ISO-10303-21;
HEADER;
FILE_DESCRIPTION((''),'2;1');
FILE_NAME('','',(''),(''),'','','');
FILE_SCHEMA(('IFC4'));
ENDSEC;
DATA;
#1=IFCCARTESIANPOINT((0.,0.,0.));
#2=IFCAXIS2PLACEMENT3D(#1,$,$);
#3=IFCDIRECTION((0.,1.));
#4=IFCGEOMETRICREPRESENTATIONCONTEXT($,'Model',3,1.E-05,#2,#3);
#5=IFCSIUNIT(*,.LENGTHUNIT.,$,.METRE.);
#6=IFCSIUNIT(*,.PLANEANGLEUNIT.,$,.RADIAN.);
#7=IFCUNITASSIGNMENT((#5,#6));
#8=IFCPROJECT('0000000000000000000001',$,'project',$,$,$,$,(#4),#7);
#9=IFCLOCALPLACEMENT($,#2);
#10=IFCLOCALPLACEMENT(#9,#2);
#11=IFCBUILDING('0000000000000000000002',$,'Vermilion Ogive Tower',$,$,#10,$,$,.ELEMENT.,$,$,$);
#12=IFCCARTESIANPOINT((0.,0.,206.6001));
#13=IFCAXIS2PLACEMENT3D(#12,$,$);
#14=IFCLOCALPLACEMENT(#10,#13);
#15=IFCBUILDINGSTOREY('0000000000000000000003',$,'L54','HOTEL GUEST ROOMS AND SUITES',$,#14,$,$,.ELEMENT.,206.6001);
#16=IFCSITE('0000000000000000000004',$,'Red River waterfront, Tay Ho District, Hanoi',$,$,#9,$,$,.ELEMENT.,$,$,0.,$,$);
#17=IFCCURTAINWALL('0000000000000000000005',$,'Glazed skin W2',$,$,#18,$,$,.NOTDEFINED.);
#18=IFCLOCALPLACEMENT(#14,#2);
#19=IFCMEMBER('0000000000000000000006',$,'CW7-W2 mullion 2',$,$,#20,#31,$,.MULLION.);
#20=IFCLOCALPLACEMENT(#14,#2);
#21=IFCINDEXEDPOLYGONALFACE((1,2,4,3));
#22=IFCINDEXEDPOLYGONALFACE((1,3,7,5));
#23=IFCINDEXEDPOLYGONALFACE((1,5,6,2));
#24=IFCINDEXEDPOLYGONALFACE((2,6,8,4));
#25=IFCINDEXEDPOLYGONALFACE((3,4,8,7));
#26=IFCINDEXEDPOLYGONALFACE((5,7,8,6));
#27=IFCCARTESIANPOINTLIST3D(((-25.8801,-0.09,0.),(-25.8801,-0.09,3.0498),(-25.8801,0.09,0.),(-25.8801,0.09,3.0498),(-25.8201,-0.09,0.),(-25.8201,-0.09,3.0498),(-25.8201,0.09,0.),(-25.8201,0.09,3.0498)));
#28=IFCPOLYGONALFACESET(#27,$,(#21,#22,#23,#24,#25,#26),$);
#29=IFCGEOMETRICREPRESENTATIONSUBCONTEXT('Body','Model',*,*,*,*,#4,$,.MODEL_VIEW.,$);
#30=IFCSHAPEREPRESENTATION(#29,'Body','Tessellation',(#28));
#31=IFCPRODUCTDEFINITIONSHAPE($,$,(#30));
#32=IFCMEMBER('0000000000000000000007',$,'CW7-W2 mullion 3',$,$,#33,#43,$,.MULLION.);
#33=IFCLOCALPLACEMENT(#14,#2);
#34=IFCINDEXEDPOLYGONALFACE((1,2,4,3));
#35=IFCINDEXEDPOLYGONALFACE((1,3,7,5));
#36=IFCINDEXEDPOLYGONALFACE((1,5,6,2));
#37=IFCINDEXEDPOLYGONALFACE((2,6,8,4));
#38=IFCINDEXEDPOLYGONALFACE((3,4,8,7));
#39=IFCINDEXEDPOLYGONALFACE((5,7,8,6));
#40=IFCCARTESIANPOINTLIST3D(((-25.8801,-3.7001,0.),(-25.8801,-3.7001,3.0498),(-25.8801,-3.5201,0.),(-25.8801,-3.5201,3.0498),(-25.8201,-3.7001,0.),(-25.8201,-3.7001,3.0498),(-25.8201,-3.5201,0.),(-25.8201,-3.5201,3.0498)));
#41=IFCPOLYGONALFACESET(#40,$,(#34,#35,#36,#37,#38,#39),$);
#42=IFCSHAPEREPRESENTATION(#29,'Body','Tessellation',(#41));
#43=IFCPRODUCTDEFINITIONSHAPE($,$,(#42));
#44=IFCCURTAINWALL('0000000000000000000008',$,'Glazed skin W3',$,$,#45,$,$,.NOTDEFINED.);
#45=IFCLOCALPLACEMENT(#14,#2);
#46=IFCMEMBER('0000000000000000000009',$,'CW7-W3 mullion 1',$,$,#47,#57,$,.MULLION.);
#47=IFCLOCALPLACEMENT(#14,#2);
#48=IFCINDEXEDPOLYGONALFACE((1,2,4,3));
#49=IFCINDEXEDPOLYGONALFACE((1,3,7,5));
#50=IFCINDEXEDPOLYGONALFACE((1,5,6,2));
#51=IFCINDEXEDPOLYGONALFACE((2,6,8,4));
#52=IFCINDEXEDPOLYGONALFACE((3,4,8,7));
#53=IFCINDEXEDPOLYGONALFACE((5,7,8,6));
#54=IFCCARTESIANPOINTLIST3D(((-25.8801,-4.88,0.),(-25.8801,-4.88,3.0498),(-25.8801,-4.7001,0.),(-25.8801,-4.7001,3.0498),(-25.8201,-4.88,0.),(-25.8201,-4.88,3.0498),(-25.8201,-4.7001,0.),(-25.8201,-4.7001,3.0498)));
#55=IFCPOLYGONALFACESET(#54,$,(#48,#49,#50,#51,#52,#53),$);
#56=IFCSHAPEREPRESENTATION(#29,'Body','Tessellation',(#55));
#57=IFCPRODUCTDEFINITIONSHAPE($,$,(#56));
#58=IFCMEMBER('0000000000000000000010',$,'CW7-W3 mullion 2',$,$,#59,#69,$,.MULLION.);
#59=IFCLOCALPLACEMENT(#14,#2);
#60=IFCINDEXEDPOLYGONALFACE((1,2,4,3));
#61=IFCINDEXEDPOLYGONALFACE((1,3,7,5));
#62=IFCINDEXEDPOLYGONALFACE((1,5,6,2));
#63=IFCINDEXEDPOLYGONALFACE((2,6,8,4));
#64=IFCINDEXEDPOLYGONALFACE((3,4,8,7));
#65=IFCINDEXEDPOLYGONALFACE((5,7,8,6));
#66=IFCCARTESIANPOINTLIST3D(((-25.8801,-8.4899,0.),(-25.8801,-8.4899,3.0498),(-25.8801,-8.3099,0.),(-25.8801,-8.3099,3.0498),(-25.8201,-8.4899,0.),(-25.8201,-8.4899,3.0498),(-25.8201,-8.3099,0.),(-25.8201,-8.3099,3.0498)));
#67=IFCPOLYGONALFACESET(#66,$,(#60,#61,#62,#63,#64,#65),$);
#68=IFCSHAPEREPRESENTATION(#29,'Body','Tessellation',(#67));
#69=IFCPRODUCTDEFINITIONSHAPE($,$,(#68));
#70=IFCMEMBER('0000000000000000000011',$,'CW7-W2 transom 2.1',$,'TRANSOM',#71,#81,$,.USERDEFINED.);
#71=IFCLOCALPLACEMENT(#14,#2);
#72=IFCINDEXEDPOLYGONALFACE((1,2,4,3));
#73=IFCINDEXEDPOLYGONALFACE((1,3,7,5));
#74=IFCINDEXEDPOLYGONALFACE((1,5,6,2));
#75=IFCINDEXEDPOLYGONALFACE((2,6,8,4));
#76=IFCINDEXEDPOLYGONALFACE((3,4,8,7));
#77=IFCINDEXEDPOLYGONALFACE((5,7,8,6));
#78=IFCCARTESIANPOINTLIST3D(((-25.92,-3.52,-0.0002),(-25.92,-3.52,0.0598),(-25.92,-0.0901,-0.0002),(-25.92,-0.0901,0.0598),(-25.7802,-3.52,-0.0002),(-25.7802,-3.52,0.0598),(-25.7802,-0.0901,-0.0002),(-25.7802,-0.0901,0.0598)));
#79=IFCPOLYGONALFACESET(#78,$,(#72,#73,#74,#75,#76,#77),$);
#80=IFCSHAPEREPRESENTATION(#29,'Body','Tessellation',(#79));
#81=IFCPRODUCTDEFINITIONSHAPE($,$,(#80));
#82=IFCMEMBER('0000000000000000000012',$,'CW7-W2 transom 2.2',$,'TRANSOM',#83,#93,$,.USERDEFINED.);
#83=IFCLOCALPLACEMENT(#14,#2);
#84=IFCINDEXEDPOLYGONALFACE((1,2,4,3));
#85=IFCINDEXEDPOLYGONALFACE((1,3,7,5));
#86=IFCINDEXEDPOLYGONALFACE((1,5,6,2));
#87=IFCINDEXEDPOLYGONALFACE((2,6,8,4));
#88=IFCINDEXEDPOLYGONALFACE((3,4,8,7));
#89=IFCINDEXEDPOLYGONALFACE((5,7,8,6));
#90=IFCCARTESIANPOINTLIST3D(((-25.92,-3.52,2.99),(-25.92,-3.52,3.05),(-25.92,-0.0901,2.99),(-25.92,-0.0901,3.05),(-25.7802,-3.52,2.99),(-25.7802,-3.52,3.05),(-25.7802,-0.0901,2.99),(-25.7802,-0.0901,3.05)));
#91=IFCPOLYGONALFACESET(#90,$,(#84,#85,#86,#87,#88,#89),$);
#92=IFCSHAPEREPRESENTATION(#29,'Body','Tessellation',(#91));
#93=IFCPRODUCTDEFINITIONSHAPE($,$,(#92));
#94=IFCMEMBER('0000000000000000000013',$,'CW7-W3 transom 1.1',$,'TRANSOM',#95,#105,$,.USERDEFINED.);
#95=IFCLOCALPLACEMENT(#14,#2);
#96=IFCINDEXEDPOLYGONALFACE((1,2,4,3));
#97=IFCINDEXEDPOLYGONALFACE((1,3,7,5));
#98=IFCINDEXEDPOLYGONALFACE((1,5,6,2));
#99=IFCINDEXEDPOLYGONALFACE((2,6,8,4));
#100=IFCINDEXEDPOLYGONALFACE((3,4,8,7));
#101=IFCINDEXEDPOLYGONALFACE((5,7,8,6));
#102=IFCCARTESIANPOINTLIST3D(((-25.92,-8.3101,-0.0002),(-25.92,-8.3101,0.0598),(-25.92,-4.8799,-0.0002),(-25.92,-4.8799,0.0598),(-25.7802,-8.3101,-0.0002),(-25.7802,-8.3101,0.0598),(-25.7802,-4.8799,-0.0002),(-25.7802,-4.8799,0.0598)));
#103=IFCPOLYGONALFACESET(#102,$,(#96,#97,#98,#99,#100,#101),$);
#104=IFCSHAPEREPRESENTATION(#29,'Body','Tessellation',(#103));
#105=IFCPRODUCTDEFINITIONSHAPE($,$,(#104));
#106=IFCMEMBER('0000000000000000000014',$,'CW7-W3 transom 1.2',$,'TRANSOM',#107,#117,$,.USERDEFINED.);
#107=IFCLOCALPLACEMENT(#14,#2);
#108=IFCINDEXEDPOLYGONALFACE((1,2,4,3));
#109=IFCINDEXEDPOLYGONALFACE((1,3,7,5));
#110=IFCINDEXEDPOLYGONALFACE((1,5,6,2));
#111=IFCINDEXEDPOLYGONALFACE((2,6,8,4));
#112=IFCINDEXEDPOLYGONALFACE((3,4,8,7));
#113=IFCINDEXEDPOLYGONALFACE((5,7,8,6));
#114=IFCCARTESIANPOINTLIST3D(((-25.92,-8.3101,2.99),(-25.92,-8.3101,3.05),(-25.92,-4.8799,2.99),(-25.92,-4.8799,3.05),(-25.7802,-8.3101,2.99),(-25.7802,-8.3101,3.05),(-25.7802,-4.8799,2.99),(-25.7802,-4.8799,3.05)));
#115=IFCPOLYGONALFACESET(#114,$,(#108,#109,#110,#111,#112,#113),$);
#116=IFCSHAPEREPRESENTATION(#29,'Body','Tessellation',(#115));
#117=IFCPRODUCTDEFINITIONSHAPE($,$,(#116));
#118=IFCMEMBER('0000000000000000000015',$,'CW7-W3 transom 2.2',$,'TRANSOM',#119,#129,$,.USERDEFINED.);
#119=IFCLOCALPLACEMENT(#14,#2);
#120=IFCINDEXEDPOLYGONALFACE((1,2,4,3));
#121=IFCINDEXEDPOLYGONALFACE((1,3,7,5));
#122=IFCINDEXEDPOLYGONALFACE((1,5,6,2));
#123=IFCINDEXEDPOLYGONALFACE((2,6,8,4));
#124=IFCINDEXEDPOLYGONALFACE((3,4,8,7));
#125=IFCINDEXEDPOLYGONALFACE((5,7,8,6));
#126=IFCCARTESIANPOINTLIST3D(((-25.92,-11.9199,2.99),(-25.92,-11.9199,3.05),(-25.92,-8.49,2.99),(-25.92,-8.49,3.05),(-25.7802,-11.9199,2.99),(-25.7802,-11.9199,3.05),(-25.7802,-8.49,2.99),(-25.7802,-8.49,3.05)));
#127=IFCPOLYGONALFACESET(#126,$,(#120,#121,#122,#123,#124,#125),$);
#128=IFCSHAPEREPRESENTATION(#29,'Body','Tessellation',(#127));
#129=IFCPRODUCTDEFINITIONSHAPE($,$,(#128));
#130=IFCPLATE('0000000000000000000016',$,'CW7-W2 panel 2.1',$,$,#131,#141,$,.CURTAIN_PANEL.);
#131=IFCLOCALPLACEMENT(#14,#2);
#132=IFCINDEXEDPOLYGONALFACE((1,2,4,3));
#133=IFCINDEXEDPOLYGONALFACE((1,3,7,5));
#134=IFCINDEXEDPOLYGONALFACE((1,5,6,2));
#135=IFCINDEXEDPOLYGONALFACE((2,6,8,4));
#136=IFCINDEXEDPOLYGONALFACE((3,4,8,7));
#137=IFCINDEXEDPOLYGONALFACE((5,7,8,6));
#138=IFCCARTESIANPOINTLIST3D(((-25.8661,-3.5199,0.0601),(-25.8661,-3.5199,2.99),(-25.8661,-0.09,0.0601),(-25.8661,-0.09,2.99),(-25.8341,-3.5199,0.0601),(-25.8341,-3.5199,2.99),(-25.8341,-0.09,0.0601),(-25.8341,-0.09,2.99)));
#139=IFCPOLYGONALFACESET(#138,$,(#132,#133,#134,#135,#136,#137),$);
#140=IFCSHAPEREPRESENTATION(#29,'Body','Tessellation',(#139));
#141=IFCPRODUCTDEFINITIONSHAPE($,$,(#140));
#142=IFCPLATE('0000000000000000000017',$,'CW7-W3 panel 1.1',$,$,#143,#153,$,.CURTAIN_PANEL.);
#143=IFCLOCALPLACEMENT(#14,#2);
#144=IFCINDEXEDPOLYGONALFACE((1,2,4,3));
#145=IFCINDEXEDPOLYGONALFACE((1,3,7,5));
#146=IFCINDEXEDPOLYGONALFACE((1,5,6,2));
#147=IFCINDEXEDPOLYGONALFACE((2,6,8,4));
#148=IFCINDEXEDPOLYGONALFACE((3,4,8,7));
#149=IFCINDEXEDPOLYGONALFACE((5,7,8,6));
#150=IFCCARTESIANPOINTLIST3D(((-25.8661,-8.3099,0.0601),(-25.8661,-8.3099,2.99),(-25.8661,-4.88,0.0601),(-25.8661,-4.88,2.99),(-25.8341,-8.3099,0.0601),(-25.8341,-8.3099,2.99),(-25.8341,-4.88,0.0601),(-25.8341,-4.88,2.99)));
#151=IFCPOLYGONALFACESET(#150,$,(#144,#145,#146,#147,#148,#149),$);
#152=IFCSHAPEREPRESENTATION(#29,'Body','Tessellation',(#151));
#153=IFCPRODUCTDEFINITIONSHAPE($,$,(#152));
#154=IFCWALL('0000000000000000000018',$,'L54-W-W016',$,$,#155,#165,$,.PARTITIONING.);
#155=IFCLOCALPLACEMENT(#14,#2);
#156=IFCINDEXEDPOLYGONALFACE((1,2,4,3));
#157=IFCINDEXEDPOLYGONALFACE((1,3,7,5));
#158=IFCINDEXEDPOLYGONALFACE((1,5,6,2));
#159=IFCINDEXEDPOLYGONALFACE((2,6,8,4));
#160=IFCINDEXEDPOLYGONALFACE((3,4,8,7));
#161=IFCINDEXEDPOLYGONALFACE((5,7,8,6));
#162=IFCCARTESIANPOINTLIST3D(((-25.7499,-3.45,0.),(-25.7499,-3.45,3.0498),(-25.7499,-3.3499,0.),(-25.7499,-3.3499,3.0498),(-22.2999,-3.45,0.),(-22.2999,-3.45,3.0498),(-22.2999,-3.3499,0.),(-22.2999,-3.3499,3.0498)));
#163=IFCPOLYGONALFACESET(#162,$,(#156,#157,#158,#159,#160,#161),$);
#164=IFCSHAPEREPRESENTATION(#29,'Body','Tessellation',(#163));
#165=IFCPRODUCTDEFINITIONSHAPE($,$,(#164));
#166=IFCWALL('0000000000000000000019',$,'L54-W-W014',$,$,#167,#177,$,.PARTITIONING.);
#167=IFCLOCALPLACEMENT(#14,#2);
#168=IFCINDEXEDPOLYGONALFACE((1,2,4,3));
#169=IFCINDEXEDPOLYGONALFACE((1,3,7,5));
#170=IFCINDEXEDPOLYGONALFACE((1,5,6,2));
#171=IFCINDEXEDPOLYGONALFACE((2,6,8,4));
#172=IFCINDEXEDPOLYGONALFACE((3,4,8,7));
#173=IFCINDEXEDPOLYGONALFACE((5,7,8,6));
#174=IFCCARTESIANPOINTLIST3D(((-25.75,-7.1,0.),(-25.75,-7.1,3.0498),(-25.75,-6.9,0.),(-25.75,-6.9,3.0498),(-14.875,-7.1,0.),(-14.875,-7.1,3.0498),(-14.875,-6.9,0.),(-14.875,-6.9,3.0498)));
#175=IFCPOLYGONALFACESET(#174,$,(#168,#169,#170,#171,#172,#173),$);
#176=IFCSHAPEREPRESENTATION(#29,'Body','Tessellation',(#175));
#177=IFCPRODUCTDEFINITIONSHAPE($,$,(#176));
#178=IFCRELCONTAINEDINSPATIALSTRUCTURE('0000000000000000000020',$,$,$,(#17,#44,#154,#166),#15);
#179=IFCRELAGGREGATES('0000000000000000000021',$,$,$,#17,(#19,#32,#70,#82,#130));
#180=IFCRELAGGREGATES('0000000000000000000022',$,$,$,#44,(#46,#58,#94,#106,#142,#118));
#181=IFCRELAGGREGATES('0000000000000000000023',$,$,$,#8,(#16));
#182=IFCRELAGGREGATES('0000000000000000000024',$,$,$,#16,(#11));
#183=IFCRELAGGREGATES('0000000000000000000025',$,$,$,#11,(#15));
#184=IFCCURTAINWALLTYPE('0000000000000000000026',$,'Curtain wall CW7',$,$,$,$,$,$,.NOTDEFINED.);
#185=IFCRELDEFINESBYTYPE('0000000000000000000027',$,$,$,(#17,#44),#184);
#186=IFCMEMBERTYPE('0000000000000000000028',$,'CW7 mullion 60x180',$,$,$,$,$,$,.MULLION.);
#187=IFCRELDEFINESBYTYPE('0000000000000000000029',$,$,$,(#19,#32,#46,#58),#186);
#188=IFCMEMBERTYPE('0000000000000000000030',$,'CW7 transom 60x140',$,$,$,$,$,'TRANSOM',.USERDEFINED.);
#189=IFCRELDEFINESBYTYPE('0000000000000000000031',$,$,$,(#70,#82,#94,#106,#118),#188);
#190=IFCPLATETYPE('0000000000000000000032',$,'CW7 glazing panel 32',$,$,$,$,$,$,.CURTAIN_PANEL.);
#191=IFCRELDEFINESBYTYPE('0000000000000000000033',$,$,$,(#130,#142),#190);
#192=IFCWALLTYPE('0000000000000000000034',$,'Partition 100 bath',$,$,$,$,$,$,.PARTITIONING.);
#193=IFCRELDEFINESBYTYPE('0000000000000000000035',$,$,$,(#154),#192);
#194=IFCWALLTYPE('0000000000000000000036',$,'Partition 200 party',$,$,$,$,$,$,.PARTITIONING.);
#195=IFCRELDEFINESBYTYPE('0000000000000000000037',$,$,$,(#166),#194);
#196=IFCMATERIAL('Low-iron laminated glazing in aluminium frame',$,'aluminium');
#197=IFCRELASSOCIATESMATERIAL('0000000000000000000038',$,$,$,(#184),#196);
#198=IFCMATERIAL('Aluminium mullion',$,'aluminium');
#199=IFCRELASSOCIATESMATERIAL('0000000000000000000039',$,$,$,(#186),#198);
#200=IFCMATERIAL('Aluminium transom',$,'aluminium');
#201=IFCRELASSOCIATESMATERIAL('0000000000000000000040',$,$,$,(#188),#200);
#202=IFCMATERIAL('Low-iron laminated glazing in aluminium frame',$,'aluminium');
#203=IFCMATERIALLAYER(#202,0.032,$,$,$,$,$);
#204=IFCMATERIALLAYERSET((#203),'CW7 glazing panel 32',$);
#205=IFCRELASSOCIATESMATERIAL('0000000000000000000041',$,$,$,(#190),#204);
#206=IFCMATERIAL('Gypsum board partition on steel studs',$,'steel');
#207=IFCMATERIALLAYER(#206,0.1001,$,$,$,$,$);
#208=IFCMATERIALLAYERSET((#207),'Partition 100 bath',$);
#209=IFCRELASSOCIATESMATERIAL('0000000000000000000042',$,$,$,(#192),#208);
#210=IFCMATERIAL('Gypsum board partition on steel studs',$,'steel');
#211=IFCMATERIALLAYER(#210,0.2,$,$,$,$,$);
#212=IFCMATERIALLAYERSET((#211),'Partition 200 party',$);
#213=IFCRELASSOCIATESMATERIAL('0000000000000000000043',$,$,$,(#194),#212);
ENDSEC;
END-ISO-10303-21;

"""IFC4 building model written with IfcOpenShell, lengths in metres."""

from ifc_helpers import new_model, si_unit, direction, frame, frame_2d, origin, origin_2d, place, context, subcontext, project, spatial, rectangle, extrude, material, layer, layer_set, material_profile, profile_set, type_object, element, aggregate, save


model = new_model("IFC4")

# Units and contexts
model_context = context("Model", 3, precision=1e-05, world=origin(), true_north=direction((0.0, 1.0)))
body_context = subcontext(model_context, "Body", "Model", "MODEL_VIEW")
ifc_project = project(units=[si_unit("LENGTHUNIT", "METRE"), si_unit("PLANEANGLEUNIT", "RADIAN")], contexts=[model_context])

# Site, building, storey
site_placement = place(None, origin())
site = spatial("IfcSite", under=ifc_project, at=site_placement, Name="Red River waterfront, Tay Ho District, Hanoi", CompositionType="ELEMENT", RefElevation=0.0)
building_placement = place(site_placement, origin())
building = spatial("IfcBuilding", under=site, at=building_placement, Name="Vermilion Ogive Tower", CompositionType="ELEMENT")
storey_placement = place(building_placement, frame((0.0, 0.0, 206.6001)))
storey = spatial("IfcBuildingStorey", under=building, at=storey_placement, Name="L54", Description="HOTEL GUEST ROOMS AND SUITES", CompositionType="ELEMENT", Elevation=206.6001)

# Curtain walls, members
ifc_material_1 = material(Name="Low-iron laminated glazing in aluminium frame", Category="aluminium")
curtain_wall_type = type_object("IfcCurtainWallType", Name="Curtain wall CW7", PredefinedType="NOTDEFINED", material=ifc_material_1)
curtain_wall_1_placement = place(storey_placement, origin())
curtain_wall_1 = element("IfcCurtainWall", 1, at=curtain_wall_1_placement, inside=storey, type_object=curtain_wall_type, Name="Glazed skin W2", PredefinedType="NOTDEFINED")
ifc_material_2 = material(Name="Aluminium mullion", Category="aluminium")
ifc_material_profile_1 = material_profile(ifc_material_2, rectangle(XDim=0.0601, YDim=0.1799, at=origin_2d()), Name="AL 60x180")
ifc_profile_set_1 = profile_set([ifc_material_profile_1], Name="Aluminium mullion")
member_type_1 = type_object("IfcMemberType", Name="CW7 mullion 60x180", PredefinedType="MULLION", material=ifc_profile_set_1)
member_1_placement = place(storey_placement, frame((-25.8501, 0.0, 0.0), z_axis=(0.0, 0.0, 1.0), x_axis=(1.0, 0.0, 0.0)))
member_1 = element("IfcMember", 2, at=member_1_placement, type_object=member_type_1, Name="CW7-W2 mullion 2", PredefinedType="MULLION", context=body_context, shape_type="SweptSolid", body=[
    extrude(rectangle(XDim=0.0601, YDim=0.1799, at=origin_2d()), origin(), (0.0, 0.0, 1.0), 3.0498),
])
member_2_placement = place(storey_placement, frame((-25.8501, -3.6101, 0.0), z_axis=(0.0, 0.0, 1.0), x_axis=(1.0, 0.0, 0.0)))
member_2 = element("IfcMember", 3, at=member_2_placement, type_object=member_type_1, Name="CW7-W2 mullion 3", PredefinedType="MULLION", context=body_context, shape_type="SweptSolid", body=[
    extrude(rectangle(XDim=0.0601, YDim=0.1799, at=origin_2d()), origin(), (0.0, 0.0, 1.0), 3.0498),
])
curtain_wall_2_placement = place(storey_placement, origin())
curtain_wall_2 = element("IfcCurtainWall", 4, at=curtain_wall_2_placement, inside=storey, type_object=curtain_wall_type, Name="Glazed skin W3", PredefinedType="NOTDEFINED")
member_3_placement = place(storey_placement, frame((-25.8501, -4.79, 0.0), z_axis=(0.0, 0.0, 1.0), x_axis=(1.0, 0.0, 0.0)))
member_3 = element("IfcMember", 5, at=member_3_placement, type_object=member_type_1, Name="CW7-W3 mullion 1", PredefinedType="MULLION", context=body_context, shape_type="SweptSolid", body=[
    extrude(rectangle(XDim=0.0601, YDim=0.1799, at=origin_2d()), origin(), (0.0, 0.0, 1.0), 3.0498),
])
member_4_placement = place(storey_placement, frame((-25.8501, -8.3999, 0.0), z_axis=(0.0, 0.0, 1.0), x_axis=(1.0, 0.0, 0.0)))
member_4 = element("IfcMember", 6, at=member_4_placement, type_object=member_type_1, Name="CW7-W3 mullion 2", PredefinedType="MULLION", context=body_context, shape_type="SweptSolid", body=[
    extrude(rectangle(XDim=0.0601, YDim=0.1799, at=origin_2d()), origin(), (0.0, 0.0, 1.0), 3.0498),
])

# Members
ifc_material_3 = material(Name="Aluminium transom", Category="aluminium")
ifc_material_profile_2 = material_profile(ifc_material_3, rectangle(XDim=0.1399, YDim=0.0601, at=origin_2d()), Name="AL 60x140")
ifc_profile_set_2 = profile_set([ifc_material_profile_2], Name="Aluminium transom")
member_type_2 = type_object("IfcMemberType", Name="CW7 transom 60x140", ElementType="TRANSOM", PredefinedType="USERDEFINED", material=ifc_profile_set_2)
member_5_placement = place(storey_placement, frame((-25.8501, -0.0901, 0.0298), z_axis=(0.0, -1.0, 0.0), x_axis=(1.0, 0.0, 0.0)))
member_5 = element("IfcMember", 7, at=member_5_placement, type_object=member_type_2, Name="CW7-W2 transom 2.1", ObjectType="TRANSOM", PredefinedType="USERDEFINED", context=body_context, shape_type="SweptSolid", body=[
    extrude(rectangle(XDim=0.1399, YDim=0.0601, at=origin_2d()), origin(), (0.0, 0.0, 1.0), 3.4299),
])
member_6_placement = place(storey_placement, frame((-25.8501, -0.0901, 3.02), z_axis=(0.0, -1.0, 0.0), x_axis=(1.0, 0.0, 0.0)))
member_6 = element("IfcMember", 8, at=member_6_placement, type_object=member_type_2, Name="CW7-W2 transom 2.2", ObjectType="TRANSOM", PredefinedType="USERDEFINED", context=body_context, shape_type="SweptSolid", body=[
    extrude(rectangle(XDim=0.1399, YDim=0.0601, at=origin_2d()), origin(), (0.0, 0.0, 1.0), 3.4299),
])
member_7_placement = place(storey_placement, frame((-25.8501, -4.8799, 0.0298), z_axis=(0.0, -1.0, 0.0), x_axis=(1.0, 0.0, 0.0)))
member_7 = element("IfcMember", 9, at=member_7_placement, type_object=member_type_2, Name="CW7-W3 transom 1.1", ObjectType="TRANSOM", PredefinedType="USERDEFINED", context=body_context, shape_type="SweptSolid", body=[
    extrude(rectangle(XDim=0.1399, YDim=0.0601, at=origin_2d()), origin(), (0.0, 0.0, 1.0), 3.4302),
])
member_8_placement = place(storey_placement, frame((-25.8501, -4.8799, 3.02), z_axis=(0.0, -1.0, 0.0), x_axis=(1.0, 0.0, 0.0)))
member_8 = element("IfcMember", 10, at=member_8_placement, type_object=member_type_2, Name="CW7-W3 transom 1.2", ObjectType="TRANSOM", PredefinedType="USERDEFINED", context=body_context, shape_type="SweptSolid", body=[
    extrude(rectangle(XDim=0.1399, YDim=0.0601, at=origin_2d()), origin(), (0.0, 0.0, 1.0), 3.4302),
])
member_9_placement = place(storey_placement, frame((-25.8501, -8.49, 3.02), z_axis=(0.0, -1.0, 0.0), x_axis=(1.0, 0.0, 0.0)))
member_9 = element("IfcMember", 11, at=member_9_placement, type_object=member_type_2, Name="CW7-W3 transom 2.2", ObjectType="TRANSOM", PredefinedType="USERDEFINED", context=body_context, shape_type="SweptSolid", body=[
    extrude(rectangle(XDim=0.1399, YDim=0.0601, at=origin_2d()), origin(), (0.0, 0.0, 1.0), 3.4299),
])

# Plates
ifc_material_4 = material(Name="Low-iron laminated glazing in aluminium frame", Category="aluminium")
ifc_layer_1 = layer(ifc_material_4, 0.032)
ifc_layer_set_1 = layer_set([ifc_layer_1], Name="CW7 glazing panel 32")
plate_type = type_object("IfcPlateType", Name="CW7 glazing panel 32", PredefinedType="CURTAIN_PANEL", material=ifc_layer_set_1)
plate_1_placement = place(storey_placement, frame((-25.8501, -1.8049, 0.0601), z_axis=(0.0, 0.0, 1.0), x_axis=(0.0, -1.0, 0.0)))
plate_1 = element("IfcPlate", 12, at=plate_1_placement, type_object=plate_type, Name="CW7-W2 panel 2.1", PredefinedType="CURTAIN_PANEL", context=body_context, shape_type="SweptSolid", body=[
    extrude(rectangle(XDim=3.4299, YDim=0.032, at=origin_2d()), origin(), (0.0, 0.0, 1.0), 2.9299),
])
aggregate(curtain_wall_1, [member_1, member_2, member_5, member_6, plate_1])
plate_2_placement = place(storey_placement, frame((-25.8501, -6.595, 0.0601), z_axis=(0.0, 0.0, 1.0), x_axis=(0.0, -1.0, 0.0)))
plate_2 = element("IfcPlate", 13, at=plate_2_placement, type_object=plate_type, Name="CW7-W3 panel 1.1", PredefinedType="CURTAIN_PANEL", context=body_context, shape_type="SweptSolid", body=[
    extrude(rectangle(XDim=3.4299, YDim=0.032, at=origin_2d()), origin(), (0.0, 0.0, 1.0), 2.9299),
])
aggregate(curtain_wall_2, [member_3, member_4, member_7, member_8, plate_2, member_9])

# Walls
ifc_material_5 = material(Name="Gypsum board partition on steel studs", Category="steel")
ifc_layer_2 = layer(ifc_material_5, 0.1001)
ifc_layer_set_2 = layer_set([ifc_layer_2], Name="Partition 100 bath")
wall_type_1 = type_object("IfcWallType", Name="Partition 100 bath", PredefinedType="PARTITIONING", material=ifc_layer_set_2)
wall_1_placement = place(storey_placement, frame((-25.75, -3.3999, 0.0), z_axis=(0.0, 0.0, 1.0), x_axis=(1.0, 0.0, 0.0)))
element("IfcWall", 14, at=wall_1_placement, inside=storey, type_object=wall_type_1, Name="L54-W-W016", PredefinedType="PARTITIONING", context=body_context, shape_type="SweptSolid", body=[
    extrude(rectangle(XDim=3.45, YDim=0.1001, at=frame_2d((1.7251, 0.0))), origin(), (0.0, 0.0, 1.0), 3.0498),
])
ifc_material_6 = material(Name="Gypsum board partition on steel studs", Category="steel")
ifc_layer_3 = layer(ifc_material_6, 0.2)
ifc_layer_set_3 = layer_set([ifc_layer_3], Name="Partition 200 party")
wall_type_2 = type_object("IfcWallType", Name="Partition 200 party", PredefinedType="PARTITIONING", material=ifc_layer_set_3)
wall_2_placement = place(storey_placement, frame((-25.75, -7.0, 0.0), z_axis=(0.0, 0.0, 1.0), x_axis=(1.0, 0.0, 0.0)))
element("IfcWall", 15, at=wall_2_placement, inside=storey, type_object=wall_type_2, Name="L54-W-W014", PredefinedType="PARTITIONING", context=body_context, shape_type="SweptSolid", body=[
    extrude(rectangle(XDim=10.875, YDim=0.2, at=frame_2d((5.4375, 0.0))), origin(), (0.0, 0.0, 1.0), 3.0498),
])

save(model, "model.ifc")
